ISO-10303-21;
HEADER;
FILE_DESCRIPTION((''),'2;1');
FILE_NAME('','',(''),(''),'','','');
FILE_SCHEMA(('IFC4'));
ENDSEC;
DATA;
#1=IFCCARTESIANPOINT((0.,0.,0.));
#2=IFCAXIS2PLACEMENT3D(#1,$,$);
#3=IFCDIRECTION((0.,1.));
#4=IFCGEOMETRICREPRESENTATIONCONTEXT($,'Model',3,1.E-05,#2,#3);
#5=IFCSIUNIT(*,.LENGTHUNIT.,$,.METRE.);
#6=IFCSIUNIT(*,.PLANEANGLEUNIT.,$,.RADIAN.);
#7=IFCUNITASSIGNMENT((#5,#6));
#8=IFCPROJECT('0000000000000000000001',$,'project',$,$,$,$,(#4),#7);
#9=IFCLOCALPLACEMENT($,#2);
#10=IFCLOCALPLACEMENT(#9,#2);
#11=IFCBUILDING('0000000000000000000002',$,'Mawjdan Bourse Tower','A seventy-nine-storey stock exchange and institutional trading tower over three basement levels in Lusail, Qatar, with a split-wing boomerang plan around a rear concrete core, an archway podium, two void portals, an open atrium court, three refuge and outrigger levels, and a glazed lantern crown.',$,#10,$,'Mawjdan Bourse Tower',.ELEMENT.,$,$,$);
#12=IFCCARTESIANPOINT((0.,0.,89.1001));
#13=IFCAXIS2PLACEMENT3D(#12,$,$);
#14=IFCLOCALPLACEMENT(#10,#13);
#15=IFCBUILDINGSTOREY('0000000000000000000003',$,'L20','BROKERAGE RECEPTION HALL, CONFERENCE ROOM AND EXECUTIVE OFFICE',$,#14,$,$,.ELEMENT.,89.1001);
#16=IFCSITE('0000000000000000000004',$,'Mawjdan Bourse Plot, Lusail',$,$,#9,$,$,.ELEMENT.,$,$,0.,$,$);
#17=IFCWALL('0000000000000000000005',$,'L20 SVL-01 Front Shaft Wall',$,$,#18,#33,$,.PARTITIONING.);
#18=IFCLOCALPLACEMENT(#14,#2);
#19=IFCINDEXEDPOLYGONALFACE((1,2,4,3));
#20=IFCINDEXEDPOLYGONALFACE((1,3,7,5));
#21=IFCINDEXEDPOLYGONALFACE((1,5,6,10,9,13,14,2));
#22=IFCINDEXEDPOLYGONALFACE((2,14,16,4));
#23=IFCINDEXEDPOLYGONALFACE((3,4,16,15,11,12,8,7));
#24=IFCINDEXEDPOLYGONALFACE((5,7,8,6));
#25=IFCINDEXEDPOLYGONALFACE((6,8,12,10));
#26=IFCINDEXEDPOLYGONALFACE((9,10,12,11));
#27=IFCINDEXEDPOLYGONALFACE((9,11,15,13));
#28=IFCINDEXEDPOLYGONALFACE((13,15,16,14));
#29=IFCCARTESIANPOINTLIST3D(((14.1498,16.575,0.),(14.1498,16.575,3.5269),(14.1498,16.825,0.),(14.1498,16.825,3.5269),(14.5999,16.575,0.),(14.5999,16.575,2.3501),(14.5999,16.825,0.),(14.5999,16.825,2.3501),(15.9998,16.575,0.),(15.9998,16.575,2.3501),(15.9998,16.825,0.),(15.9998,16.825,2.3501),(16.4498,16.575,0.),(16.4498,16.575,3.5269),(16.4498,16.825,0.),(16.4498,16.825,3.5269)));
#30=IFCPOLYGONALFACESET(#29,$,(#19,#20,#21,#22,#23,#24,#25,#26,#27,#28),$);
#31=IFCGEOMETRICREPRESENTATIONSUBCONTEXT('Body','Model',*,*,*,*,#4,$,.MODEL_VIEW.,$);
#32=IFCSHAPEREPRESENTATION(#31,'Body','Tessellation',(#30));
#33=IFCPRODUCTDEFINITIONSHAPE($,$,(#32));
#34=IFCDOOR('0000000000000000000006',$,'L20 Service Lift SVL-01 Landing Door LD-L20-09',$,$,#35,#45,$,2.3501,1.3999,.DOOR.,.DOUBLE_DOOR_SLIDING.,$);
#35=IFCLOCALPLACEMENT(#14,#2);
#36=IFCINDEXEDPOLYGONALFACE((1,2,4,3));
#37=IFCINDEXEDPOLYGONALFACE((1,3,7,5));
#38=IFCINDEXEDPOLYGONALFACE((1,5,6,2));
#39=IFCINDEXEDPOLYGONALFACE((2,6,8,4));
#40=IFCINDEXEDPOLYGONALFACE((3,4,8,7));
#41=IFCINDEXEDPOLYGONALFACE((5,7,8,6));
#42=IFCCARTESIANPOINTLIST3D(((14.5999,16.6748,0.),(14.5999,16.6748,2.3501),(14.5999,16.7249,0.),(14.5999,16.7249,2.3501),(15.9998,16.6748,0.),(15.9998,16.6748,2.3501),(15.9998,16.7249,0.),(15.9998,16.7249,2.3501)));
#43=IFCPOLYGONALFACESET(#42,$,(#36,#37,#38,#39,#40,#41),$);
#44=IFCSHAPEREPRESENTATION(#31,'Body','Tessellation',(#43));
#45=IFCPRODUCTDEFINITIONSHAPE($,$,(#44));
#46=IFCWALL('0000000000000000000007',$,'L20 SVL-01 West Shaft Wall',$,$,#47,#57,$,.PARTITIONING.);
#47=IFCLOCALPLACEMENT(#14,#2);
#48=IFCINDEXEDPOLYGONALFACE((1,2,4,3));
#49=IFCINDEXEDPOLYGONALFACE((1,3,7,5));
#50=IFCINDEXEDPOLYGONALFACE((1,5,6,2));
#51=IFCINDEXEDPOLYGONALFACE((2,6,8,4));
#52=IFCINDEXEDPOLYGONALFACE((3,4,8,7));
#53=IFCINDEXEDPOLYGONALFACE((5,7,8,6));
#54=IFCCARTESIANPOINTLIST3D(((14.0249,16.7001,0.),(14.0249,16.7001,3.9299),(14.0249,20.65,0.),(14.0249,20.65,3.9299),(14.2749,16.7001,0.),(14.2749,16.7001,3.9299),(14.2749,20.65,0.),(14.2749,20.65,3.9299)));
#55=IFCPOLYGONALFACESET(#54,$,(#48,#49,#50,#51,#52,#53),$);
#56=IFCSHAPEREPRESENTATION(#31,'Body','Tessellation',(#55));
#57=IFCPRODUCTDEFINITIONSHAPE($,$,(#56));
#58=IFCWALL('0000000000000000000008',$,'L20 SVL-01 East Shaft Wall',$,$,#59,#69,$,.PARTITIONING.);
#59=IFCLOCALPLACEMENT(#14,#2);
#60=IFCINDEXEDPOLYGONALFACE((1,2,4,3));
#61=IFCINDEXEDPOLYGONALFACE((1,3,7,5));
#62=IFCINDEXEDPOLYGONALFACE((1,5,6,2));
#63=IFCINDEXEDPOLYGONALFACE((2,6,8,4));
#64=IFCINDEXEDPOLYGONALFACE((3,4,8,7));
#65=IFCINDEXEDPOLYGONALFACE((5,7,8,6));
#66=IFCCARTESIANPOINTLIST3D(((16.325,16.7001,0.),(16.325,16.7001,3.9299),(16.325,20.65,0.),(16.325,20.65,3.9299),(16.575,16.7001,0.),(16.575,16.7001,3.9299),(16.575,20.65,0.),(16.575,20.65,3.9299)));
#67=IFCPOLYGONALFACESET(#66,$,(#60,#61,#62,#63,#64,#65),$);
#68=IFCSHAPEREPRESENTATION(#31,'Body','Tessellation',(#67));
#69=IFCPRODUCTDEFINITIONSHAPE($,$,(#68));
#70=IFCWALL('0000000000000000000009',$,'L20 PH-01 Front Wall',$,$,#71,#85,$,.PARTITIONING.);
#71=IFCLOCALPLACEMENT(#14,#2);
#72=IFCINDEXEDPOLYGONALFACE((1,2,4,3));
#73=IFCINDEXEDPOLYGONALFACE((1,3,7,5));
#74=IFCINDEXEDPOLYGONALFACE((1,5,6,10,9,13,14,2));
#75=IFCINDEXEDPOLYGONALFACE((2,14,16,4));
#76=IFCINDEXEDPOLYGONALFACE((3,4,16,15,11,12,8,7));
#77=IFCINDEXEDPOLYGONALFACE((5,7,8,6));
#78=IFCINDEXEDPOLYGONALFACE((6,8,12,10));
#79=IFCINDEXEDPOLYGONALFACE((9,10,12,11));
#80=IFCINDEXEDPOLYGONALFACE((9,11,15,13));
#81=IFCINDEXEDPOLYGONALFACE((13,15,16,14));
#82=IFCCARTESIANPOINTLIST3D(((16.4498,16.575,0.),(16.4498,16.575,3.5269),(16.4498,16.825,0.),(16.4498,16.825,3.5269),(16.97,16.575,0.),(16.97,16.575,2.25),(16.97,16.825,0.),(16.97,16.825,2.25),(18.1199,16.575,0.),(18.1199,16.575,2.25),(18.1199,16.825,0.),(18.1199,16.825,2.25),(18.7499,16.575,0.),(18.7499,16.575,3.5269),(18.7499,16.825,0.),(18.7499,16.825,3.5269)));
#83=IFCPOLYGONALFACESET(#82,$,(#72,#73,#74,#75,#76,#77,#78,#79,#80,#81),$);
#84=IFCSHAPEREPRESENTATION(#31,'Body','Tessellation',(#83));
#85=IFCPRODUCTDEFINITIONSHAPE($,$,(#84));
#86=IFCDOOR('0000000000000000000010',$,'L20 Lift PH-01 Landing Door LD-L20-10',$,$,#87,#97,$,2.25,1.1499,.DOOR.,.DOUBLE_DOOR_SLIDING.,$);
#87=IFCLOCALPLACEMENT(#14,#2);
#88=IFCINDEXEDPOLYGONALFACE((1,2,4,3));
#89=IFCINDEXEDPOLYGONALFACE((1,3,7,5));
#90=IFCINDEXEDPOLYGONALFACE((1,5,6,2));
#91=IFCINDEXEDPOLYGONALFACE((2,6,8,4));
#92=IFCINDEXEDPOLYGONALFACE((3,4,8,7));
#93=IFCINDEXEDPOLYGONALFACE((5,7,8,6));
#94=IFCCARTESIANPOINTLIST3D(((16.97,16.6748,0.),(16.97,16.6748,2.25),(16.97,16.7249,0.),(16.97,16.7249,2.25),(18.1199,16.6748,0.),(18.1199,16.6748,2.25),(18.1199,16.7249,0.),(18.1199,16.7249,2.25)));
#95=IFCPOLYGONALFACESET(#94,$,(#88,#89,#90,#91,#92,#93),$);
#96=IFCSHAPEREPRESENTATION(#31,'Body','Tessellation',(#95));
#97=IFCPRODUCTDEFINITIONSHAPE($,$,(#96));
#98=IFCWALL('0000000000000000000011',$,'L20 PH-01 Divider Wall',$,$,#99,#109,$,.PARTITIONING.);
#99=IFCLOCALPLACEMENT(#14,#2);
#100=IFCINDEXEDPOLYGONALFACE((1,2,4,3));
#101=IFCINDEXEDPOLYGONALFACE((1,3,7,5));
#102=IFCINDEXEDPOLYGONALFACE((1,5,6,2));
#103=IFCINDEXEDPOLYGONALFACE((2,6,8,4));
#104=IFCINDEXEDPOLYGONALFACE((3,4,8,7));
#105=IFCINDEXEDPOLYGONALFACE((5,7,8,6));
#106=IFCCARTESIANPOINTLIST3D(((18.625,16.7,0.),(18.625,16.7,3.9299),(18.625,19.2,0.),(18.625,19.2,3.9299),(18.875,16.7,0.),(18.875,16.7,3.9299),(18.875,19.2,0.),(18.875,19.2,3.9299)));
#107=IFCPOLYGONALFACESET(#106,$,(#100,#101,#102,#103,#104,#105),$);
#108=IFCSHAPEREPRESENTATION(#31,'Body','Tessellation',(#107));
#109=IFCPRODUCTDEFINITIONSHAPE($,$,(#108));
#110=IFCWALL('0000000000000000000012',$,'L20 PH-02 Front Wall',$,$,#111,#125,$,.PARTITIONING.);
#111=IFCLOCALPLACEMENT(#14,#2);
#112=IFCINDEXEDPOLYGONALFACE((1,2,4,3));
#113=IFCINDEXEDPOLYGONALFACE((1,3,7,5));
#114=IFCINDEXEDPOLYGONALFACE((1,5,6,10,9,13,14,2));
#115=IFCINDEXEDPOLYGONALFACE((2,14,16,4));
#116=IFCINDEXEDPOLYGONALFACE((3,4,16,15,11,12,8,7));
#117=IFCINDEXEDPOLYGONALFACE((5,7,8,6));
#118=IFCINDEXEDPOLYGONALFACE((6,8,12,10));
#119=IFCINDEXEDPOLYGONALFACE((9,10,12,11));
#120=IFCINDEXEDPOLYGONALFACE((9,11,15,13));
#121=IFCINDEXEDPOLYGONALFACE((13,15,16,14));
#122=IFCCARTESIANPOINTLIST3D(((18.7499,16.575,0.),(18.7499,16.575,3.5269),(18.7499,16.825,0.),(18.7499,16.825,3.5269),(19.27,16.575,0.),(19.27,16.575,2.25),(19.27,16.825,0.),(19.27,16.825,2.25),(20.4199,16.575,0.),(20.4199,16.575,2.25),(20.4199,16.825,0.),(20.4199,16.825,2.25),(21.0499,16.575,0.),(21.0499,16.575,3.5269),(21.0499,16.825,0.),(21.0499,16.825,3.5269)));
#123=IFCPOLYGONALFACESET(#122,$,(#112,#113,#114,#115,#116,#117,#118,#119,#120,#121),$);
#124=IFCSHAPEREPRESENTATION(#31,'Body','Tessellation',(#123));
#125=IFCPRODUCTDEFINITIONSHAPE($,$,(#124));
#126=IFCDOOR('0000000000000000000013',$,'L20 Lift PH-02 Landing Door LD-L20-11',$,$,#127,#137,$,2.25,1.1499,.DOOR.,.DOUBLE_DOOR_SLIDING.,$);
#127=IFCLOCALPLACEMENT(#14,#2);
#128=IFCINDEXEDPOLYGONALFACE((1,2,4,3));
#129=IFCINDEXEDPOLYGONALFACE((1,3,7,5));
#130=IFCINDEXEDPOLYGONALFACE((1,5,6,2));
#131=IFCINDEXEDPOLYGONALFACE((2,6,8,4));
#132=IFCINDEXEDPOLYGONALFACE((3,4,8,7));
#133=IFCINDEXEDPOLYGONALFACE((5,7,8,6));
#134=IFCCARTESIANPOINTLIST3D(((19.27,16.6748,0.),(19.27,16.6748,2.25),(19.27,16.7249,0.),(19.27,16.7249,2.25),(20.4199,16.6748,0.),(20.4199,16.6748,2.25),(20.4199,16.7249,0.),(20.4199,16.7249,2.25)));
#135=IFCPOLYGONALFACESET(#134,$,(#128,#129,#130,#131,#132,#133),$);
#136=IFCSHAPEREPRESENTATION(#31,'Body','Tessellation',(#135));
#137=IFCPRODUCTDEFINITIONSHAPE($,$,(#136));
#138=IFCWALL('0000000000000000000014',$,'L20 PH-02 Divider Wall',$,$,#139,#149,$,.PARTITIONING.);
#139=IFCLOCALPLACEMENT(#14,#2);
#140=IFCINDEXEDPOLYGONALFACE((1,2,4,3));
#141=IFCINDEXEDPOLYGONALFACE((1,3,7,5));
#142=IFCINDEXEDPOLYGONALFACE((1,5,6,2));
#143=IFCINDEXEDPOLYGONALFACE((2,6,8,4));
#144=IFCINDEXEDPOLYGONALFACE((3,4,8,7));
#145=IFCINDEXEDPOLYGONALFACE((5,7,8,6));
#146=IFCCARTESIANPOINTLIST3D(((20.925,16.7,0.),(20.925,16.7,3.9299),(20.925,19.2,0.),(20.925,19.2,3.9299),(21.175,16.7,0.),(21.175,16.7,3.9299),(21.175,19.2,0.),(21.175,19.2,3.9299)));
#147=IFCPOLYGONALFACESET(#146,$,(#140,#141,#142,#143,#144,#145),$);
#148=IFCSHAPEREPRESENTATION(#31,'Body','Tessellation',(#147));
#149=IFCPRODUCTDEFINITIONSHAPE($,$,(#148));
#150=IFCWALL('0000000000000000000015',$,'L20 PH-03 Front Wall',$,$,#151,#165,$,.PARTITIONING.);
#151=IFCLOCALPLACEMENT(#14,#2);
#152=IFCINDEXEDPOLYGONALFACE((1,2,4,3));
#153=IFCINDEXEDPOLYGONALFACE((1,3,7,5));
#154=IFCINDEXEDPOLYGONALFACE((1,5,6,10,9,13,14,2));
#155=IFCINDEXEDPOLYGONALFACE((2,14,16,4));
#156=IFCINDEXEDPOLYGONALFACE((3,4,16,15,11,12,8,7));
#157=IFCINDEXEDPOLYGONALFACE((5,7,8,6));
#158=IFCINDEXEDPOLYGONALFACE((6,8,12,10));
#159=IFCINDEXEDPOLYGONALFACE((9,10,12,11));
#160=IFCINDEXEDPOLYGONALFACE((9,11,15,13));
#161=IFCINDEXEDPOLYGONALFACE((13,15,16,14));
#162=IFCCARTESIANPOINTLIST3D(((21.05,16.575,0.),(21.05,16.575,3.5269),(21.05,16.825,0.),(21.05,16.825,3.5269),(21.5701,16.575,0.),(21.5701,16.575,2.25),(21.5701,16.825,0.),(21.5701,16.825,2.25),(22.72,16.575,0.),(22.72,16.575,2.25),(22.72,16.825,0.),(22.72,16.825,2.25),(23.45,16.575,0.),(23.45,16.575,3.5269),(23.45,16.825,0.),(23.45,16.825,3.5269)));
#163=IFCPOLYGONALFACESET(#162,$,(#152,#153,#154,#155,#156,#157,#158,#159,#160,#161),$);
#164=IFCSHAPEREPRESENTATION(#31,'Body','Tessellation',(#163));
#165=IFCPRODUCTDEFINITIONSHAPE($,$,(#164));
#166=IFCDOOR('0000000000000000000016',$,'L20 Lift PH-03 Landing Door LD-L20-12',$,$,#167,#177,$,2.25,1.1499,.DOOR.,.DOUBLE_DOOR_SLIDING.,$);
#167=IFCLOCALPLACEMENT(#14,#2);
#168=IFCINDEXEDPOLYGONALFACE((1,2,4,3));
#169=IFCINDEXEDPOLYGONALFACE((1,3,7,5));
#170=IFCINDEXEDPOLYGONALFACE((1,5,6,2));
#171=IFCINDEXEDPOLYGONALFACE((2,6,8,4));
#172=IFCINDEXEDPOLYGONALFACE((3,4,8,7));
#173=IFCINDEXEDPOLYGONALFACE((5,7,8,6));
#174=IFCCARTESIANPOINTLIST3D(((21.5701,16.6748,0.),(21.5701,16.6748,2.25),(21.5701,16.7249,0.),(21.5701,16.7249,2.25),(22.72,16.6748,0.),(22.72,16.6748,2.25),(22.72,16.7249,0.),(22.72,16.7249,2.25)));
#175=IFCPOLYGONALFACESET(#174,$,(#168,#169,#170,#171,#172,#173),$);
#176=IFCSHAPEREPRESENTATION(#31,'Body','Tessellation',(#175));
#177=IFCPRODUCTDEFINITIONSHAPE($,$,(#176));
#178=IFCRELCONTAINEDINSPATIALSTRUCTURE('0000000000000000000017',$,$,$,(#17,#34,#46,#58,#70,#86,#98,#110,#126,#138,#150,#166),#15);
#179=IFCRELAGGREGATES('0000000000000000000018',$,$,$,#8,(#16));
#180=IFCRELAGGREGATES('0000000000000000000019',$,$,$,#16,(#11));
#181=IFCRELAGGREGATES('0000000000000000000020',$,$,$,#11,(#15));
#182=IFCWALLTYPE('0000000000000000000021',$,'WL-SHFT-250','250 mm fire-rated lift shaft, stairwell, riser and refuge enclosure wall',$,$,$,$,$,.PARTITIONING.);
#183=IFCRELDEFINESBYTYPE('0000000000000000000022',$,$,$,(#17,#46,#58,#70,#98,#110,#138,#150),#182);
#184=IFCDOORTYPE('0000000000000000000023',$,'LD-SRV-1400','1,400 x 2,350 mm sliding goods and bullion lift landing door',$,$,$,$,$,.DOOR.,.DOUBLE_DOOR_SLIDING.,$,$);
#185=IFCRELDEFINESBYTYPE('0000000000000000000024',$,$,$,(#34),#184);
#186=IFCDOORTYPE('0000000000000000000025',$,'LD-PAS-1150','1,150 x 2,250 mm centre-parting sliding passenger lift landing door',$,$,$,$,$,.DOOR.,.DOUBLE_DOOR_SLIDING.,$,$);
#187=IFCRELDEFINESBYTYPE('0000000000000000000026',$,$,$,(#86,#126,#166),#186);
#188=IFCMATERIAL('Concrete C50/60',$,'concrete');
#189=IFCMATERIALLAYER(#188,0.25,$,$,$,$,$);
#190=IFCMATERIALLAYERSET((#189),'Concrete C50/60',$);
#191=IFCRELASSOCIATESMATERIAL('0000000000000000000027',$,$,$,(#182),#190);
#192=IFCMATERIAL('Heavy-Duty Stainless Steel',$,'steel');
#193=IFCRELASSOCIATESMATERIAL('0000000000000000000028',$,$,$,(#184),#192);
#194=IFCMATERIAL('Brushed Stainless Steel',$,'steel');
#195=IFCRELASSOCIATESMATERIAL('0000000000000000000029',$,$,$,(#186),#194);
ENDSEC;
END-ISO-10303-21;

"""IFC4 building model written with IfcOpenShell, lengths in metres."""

from ifc_helpers import new_model, si_unit, direction, frame, frame_2d, origin, place, context, subcontext, project, spatial, rectangle, extrude, material, layer, layer_set, type_object, element, fill, save


model = new_model("IFC4")

# Units and contexts
model_context = context("Model", 3, precision=1e-05, world=origin(), true_north=direction((0.0, 1.0)))
body_context = subcontext(model_context, "Body", "Model", "MODEL_VIEW")
ifc_project = project(units=[si_unit("LENGTHUNIT", "METRE"), si_unit("PLANEANGLEUNIT", "RADIAN")], contexts=[model_context])

# Site, building, storey
site_placement = place(None, origin())
site = spatial("IfcSite", under=ifc_project, at=site_placement, Name="Mawjdan Bourse Plot, Lusail", CompositionType="ELEMENT", RefElevation=0.0)
building_placement = place(site_placement, origin())
building = spatial("IfcBuilding", under=site, at=building_placement, Name="Mawjdan Bourse Tower", Description="A seventy-nine-storey stock exchange and institutional trading tower over three basement levels in Lusail, Qatar, with a split-wing boomerang plan around a rear concrete core, an archway podium, two void portals, an open atrium court, three refuge and outrigger levels, and a glazed lantern crown.", LongName="Mawjdan Bourse Tower", CompositionType="ELEMENT")
storey_placement = place(building_placement, frame((0.0, 0.0, 89.1001)))
storey = spatial("IfcBuildingStorey", under=building, at=storey_placement, Name="L20", Description="BROKERAGE RECEPTION HALL, CONFERENCE ROOM AND EXECUTIVE OFFICE", CompositionType="ELEMENT", Elevation=89.1001)

# Shared definitions
ifc_material_1 = material(Name="Concrete C50/60", Category="concrete")
ifc_layer_1 = layer(ifc_material_1, 0.25)
ifc_layer_set_1 = layer_set([ifc_layer_1], Name="Concrete C50/60")
wall_type_1 = type_object("IfcWallType", Name="WL-SHFT-250", Description="250 mm fire-rated lift shaft, stairwell, riser and refuge enclosure wall", PredefinedType="PARTITIONING", material=ifc_layer_set_1)

# Wall, opening, door
wall_1_placement = place(storey_placement, frame((14.1499, 16.7, 0.0), z_axis=(0.0, 0.0, 1.0), x_axis=(1.0, 0.0, 0.0)))
wall_1 = element("IfcWall", 1, at=wall_1_placement, inside=storey, type_object=wall_type_1, Name="L20 SVL-01 Front Shaft Wall", PredefinedType="PARTITIONING", context=body_context, shape_type="SweptSolid", body=[
    extrude(rectangle(XDim=2.3, YDim=0.25, at=frame_2d((1.1499, 0.0))), origin(), (0.0, 0.0, 1.0), 3.5269),
])
opening_1_placement = place(wall_1_placement, frame((0.45, 0.0, 0.0)))
opening_1 = element("IfcOpeningElement", 2, at=opening_1_placement, cuts=wall_1, PredefinedType="OPENING", context=body_context, shape_type="SweptSolid", body=[
    extrude(rectangle(XDim=1.3999, YDim=2.3501, at=frame_2d((0.7, 1.175))), frame((0.0, 0.135, 0.0), z_axis=(0.0, -1.0, 0.0), x_axis=(1.0, 0.0, 0.0)), (0.0, 0.0, 1.0), 0.27),
])
ifc_material_2 = material(Name="Heavy-Duty Stainless Steel", Category="steel")
door_type_1 = type_object("IfcDoorType", Name="LD-SRV-1400", Description="1,400 x 2,350 mm sliding goods and bullion lift landing door", OperationType="DOUBLE_DOOR_SLIDING", PredefinedType="DOOR", material=ifc_material_2)
door_1_placement = place(opening_1_placement, origin())
door_1 = element("IfcDoor", 3, at=door_1_placement, inside=storey, type_object=door_type_1, Name="L20 Service Lift SVL-01 Landing Door LD-L20-09", OperationType="DOUBLE_DOOR_SLIDING", OverallHeight=2.3501, OverallWidth=1.3999, PredefinedType="DOOR", context=body_context, shape_type="SweptSolid", body=[
    extrude(rectangle(XDim=1.3999, YDim=2.3501, at=frame_2d((0.7, 1.175))), frame((0.0, 0.0249, 0.0), z_axis=(0.0, -1.0, 0.0), x_axis=(1.0, 0.0, 0.0)), (0.0, 0.0, 1.0), 0.05),
])
fill(opening_1, door_1)

# Walls
for number, where, z_axis, x_axis, name in (
    (4, (14.1499, 16.7, 0.0), (0.0, 0.0, 1.0), (0.0, 1.0, 0.0), "L20 SVL-01 West Shaft Wall"),
    (5, (16.45, 16.7, 0.0), (0.0, 0.0, 1.0), (0.0, 1.0, 0.0), "L20 SVL-01 East Shaft Wall"),
):
    element("IfcWall", number, at=place(storey_placement, frame(where, z_axis=z_axis, x_axis=x_axis)), inside=storey, type_object=wall_type_1, Name=name, PredefinedType="PARTITIONING", context=body_context, shape_type="SweptSolid", body=[
        extrude(rectangle(XDim=3.95, YDim=0.25, at=frame_2d((1.9751, 0.0))), origin(), (0.0, 0.0, 1.0), 3.9299),
    ])

# Wall, opening, door
wall_2_placement = place(storey_placement, frame((16.45, 16.7, 0.0), z_axis=(0.0, 0.0, 1.0), x_axis=(1.0, 0.0, 0.0)))
wall_2 = element("IfcWall", 6, at=wall_2_placement, inside=storey, type_object=wall_type_1, Name="L20 PH-01 Front Wall", PredefinedType="PARTITIONING", context=body_context, shape_type="SweptSolid", body=[
    extrude(rectangle(XDim=2.3, YDim=0.25, at=frame_2d((1.1499, 0.0))), origin(), (0.0, 0.0, 1.0), 3.5269),
])
opening_2_placement = place(wall_2_placement, frame((0.52, 0.0, 0.0)))
opening_2 = element("IfcOpeningElement", 7, at=opening_2_placement, cuts=wall_2, PredefinedType="OPENING", context=body_context, shape_type="SweptSolid", body=[
    extrude(rectangle(XDim=1.1499, YDim=2.25, at=frame_2d((0.575, 1.125))), frame((0.0, 0.135, 0.0), z_axis=(0.0, -1.0, 0.0), x_axis=(1.0, 0.0, 0.0)), (0.0, 0.0, 1.0), 0.27),
])
ifc_material_3 = material(Name="Brushed Stainless Steel", Category="steel")
door_type_2 = type_object("IfcDoorType", Name="LD-PAS-1150", Description="1,150 x 2,250 mm centre-parting sliding passenger lift landing door", OperationType="DOUBLE_DOOR_SLIDING", PredefinedType="DOOR", material=ifc_material_3)
door_2_placement = place(opening_2_placement, origin())
door_2 = element("IfcDoor", 8, at=door_2_placement, inside=storey, type_object=door_type_2, Name="L20 Lift PH-01 Landing Door LD-L20-10", OperationType="DOUBLE_DOOR_SLIDING", OverallHeight=2.25, OverallWidth=1.1499, PredefinedType="DOOR", context=body_context, shape_type="SweptSolid", body=[
    extrude(rectangle(XDim=1.1499, YDim=2.25, at=frame_2d((0.575, 1.125))), frame((0.0, 0.0249, 0.0), z_axis=(0.0, -1.0, 0.0), x_axis=(1.0, 0.0, 0.0)), (0.0, 0.0, 1.0), 0.05),
])
fill(opening_2, door_2)

# Wall
wall_3_placement = place(storey_placement, frame((18.75, 16.7, 0.0), z_axis=(0.0, 0.0, 1.0), x_axis=(0.0, 1.0, 0.0)))
element("IfcWall", 9, at=wall_3_placement, inside=storey, type_object=wall_type_1, Name="L20 PH-01 Divider Wall", PredefinedType="PARTITIONING", context=body_context, shape_type="SweptSolid", body=[
    extrude(rectangle(XDim=2.5, YDim=0.25, at=frame_2d((1.25, 0.0))), origin(), (0.0, 0.0, 1.0), 3.9299),
])

# Wall, opening, door
wall_4_placement = place(storey_placement, frame((18.75, 16.7, 0.0), z_axis=(0.0, 0.0, 1.0), x_axis=(1.0, 0.0, 0.0)))
wall_4 = element("IfcWall", 10, at=wall_4_placement, inside=storey, type_object=wall_type_1, Name="L20 PH-02 Front Wall", PredefinedType="PARTITIONING", context=body_context, shape_type="SweptSolid", body=[
    extrude(rectangle(XDim=2.3, YDim=0.25, at=frame_2d((1.1499, 0.0))), origin(), (0.0, 0.0, 1.0), 3.5269),
])
opening_3_placement = place(wall_4_placement, frame((0.52, 0.0, 0.0)))
opening_3 = element("IfcOpeningElement", 11, at=opening_3_placement, cuts=wall_4, PredefinedType="OPENING", context=body_context, shape_type="SweptSolid", body=[
    extrude(rectangle(XDim=1.1499, YDim=2.25, at=frame_2d((0.575, 1.125))), frame((0.0, 0.135, 0.0), z_axis=(0.0, -1.0, 0.0), x_axis=(1.0, 0.0, 0.0)), (0.0, 0.0, 1.0), 0.27),
])
door_3_placement = place(opening_3_placement, origin())
door_3 = element("IfcDoor", 12, at=door_3_placement, inside=storey, type_object=door_type_2, Name="L20 Lift PH-02 Landing Door LD-L20-11", OperationType="DOUBLE_DOOR_SLIDING", OverallHeight=2.25, OverallWidth=1.1499, PredefinedType="DOOR", context=body_context, shape_type="SweptSolid", body=[
    extrude(rectangle(XDim=1.1499, YDim=2.25, at=frame_2d((0.575, 1.125))), frame((0.0, 0.0249, 0.0), z_axis=(0.0, -1.0, 0.0), x_axis=(1.0, 0.0, 0.0)), (0.0, 0.0, 1.0), 0.05),
])
fill(opening_3, door_3)

# Wall
wall_5_placement = place(storey_placement, frame((21.05, 16.7, 0.0), z_axis=(0.0, 0.0, 1.0), x_axis=(0.0, 1.0, 0.0)))
element("IfcWall", 13, at=wall_5_placement, inside=storey, type_object=wall_type_1, Name="L20 PH-02 Divider Wall", PredefinedType="PARTITIONING", context=body_context, shape_type="SweptSolid", body=[
    extrude(rectangle(XDim=2.5, YDim=0.25, at=frame_2d((1.25, 0.0))), origin(), (0.0, 0.0, 1.0), 3.9299),
])

# Wall, opening, door
wall_6_placement = place(storey_placement, frame((21.05, 16.7, 0.0), z_axis=(0.0, 0.0, 1.0), x_axis=(1.0, 0.0, 0.0)))
wall_6 = element("IfcWall", 14, at=wall_6_placement, inside=storey, type_object=wall_type_1, Name="L20 PH-03 Front Wall", PredefinedType="PARTITIONING", context=body_context, shape_type="SweptSolid", body=[
    extrude(rectangle(XDim=2.3999, YDim=0.25, at=frame_2d((1.2, 0.0))), origin(), (0.0, 0.0, 1.0), 3.5269),
])
opening_4_placement = place(wall_6_placement, frame((0.52, 0.0, 0.0)))
opening_4 = element("IfcOpeningElement", 15, at=opening_4_placement, cuts=wall_6, PredefinedType="OPENING", context=body_context, shape_type="SweptSolid", body=[
    extrude(rectangle(XDim=1.1499, YDim=2.25, at=frame_2d((0.575, 1.125))), frame((0.0, 0.135, 0.0), z_axis=(0.0, -1.0, 0.0), x_axis=(1.0, 0.0, 0.0)), (0.0, 0.0, 1.0), 0.27),
])
door_4_placement = place(opening_4_placement, origin())
door_4 = element("IfcDoor", 16, at=door_4_placement, inside=storey, type_object=door_type_2, Name="L20 Lift PH-03 Landing Door LD-L20-12", OperationType="DOUBLE_DOOR_SLIDING", OverallHeight=2.25, OverallWidth=1.1499, PredefinedType="DOOR", context=body_context, shape_type="SweptSolid", body=[
    extrude(rectangle(XDim=1.1499, YDim=2.25, at=frame_2d((0.575, 1.125))), frame((0.0, 0.0249, 0.0), z_axis=(0.0, -1.0, 0.0), x_axis=(1.0, 0.0, 0.0)), (0.0, 0.0, 1.0), 0.05),
])
fill(opening_4, door_4)

save(model, "model.ifc")
